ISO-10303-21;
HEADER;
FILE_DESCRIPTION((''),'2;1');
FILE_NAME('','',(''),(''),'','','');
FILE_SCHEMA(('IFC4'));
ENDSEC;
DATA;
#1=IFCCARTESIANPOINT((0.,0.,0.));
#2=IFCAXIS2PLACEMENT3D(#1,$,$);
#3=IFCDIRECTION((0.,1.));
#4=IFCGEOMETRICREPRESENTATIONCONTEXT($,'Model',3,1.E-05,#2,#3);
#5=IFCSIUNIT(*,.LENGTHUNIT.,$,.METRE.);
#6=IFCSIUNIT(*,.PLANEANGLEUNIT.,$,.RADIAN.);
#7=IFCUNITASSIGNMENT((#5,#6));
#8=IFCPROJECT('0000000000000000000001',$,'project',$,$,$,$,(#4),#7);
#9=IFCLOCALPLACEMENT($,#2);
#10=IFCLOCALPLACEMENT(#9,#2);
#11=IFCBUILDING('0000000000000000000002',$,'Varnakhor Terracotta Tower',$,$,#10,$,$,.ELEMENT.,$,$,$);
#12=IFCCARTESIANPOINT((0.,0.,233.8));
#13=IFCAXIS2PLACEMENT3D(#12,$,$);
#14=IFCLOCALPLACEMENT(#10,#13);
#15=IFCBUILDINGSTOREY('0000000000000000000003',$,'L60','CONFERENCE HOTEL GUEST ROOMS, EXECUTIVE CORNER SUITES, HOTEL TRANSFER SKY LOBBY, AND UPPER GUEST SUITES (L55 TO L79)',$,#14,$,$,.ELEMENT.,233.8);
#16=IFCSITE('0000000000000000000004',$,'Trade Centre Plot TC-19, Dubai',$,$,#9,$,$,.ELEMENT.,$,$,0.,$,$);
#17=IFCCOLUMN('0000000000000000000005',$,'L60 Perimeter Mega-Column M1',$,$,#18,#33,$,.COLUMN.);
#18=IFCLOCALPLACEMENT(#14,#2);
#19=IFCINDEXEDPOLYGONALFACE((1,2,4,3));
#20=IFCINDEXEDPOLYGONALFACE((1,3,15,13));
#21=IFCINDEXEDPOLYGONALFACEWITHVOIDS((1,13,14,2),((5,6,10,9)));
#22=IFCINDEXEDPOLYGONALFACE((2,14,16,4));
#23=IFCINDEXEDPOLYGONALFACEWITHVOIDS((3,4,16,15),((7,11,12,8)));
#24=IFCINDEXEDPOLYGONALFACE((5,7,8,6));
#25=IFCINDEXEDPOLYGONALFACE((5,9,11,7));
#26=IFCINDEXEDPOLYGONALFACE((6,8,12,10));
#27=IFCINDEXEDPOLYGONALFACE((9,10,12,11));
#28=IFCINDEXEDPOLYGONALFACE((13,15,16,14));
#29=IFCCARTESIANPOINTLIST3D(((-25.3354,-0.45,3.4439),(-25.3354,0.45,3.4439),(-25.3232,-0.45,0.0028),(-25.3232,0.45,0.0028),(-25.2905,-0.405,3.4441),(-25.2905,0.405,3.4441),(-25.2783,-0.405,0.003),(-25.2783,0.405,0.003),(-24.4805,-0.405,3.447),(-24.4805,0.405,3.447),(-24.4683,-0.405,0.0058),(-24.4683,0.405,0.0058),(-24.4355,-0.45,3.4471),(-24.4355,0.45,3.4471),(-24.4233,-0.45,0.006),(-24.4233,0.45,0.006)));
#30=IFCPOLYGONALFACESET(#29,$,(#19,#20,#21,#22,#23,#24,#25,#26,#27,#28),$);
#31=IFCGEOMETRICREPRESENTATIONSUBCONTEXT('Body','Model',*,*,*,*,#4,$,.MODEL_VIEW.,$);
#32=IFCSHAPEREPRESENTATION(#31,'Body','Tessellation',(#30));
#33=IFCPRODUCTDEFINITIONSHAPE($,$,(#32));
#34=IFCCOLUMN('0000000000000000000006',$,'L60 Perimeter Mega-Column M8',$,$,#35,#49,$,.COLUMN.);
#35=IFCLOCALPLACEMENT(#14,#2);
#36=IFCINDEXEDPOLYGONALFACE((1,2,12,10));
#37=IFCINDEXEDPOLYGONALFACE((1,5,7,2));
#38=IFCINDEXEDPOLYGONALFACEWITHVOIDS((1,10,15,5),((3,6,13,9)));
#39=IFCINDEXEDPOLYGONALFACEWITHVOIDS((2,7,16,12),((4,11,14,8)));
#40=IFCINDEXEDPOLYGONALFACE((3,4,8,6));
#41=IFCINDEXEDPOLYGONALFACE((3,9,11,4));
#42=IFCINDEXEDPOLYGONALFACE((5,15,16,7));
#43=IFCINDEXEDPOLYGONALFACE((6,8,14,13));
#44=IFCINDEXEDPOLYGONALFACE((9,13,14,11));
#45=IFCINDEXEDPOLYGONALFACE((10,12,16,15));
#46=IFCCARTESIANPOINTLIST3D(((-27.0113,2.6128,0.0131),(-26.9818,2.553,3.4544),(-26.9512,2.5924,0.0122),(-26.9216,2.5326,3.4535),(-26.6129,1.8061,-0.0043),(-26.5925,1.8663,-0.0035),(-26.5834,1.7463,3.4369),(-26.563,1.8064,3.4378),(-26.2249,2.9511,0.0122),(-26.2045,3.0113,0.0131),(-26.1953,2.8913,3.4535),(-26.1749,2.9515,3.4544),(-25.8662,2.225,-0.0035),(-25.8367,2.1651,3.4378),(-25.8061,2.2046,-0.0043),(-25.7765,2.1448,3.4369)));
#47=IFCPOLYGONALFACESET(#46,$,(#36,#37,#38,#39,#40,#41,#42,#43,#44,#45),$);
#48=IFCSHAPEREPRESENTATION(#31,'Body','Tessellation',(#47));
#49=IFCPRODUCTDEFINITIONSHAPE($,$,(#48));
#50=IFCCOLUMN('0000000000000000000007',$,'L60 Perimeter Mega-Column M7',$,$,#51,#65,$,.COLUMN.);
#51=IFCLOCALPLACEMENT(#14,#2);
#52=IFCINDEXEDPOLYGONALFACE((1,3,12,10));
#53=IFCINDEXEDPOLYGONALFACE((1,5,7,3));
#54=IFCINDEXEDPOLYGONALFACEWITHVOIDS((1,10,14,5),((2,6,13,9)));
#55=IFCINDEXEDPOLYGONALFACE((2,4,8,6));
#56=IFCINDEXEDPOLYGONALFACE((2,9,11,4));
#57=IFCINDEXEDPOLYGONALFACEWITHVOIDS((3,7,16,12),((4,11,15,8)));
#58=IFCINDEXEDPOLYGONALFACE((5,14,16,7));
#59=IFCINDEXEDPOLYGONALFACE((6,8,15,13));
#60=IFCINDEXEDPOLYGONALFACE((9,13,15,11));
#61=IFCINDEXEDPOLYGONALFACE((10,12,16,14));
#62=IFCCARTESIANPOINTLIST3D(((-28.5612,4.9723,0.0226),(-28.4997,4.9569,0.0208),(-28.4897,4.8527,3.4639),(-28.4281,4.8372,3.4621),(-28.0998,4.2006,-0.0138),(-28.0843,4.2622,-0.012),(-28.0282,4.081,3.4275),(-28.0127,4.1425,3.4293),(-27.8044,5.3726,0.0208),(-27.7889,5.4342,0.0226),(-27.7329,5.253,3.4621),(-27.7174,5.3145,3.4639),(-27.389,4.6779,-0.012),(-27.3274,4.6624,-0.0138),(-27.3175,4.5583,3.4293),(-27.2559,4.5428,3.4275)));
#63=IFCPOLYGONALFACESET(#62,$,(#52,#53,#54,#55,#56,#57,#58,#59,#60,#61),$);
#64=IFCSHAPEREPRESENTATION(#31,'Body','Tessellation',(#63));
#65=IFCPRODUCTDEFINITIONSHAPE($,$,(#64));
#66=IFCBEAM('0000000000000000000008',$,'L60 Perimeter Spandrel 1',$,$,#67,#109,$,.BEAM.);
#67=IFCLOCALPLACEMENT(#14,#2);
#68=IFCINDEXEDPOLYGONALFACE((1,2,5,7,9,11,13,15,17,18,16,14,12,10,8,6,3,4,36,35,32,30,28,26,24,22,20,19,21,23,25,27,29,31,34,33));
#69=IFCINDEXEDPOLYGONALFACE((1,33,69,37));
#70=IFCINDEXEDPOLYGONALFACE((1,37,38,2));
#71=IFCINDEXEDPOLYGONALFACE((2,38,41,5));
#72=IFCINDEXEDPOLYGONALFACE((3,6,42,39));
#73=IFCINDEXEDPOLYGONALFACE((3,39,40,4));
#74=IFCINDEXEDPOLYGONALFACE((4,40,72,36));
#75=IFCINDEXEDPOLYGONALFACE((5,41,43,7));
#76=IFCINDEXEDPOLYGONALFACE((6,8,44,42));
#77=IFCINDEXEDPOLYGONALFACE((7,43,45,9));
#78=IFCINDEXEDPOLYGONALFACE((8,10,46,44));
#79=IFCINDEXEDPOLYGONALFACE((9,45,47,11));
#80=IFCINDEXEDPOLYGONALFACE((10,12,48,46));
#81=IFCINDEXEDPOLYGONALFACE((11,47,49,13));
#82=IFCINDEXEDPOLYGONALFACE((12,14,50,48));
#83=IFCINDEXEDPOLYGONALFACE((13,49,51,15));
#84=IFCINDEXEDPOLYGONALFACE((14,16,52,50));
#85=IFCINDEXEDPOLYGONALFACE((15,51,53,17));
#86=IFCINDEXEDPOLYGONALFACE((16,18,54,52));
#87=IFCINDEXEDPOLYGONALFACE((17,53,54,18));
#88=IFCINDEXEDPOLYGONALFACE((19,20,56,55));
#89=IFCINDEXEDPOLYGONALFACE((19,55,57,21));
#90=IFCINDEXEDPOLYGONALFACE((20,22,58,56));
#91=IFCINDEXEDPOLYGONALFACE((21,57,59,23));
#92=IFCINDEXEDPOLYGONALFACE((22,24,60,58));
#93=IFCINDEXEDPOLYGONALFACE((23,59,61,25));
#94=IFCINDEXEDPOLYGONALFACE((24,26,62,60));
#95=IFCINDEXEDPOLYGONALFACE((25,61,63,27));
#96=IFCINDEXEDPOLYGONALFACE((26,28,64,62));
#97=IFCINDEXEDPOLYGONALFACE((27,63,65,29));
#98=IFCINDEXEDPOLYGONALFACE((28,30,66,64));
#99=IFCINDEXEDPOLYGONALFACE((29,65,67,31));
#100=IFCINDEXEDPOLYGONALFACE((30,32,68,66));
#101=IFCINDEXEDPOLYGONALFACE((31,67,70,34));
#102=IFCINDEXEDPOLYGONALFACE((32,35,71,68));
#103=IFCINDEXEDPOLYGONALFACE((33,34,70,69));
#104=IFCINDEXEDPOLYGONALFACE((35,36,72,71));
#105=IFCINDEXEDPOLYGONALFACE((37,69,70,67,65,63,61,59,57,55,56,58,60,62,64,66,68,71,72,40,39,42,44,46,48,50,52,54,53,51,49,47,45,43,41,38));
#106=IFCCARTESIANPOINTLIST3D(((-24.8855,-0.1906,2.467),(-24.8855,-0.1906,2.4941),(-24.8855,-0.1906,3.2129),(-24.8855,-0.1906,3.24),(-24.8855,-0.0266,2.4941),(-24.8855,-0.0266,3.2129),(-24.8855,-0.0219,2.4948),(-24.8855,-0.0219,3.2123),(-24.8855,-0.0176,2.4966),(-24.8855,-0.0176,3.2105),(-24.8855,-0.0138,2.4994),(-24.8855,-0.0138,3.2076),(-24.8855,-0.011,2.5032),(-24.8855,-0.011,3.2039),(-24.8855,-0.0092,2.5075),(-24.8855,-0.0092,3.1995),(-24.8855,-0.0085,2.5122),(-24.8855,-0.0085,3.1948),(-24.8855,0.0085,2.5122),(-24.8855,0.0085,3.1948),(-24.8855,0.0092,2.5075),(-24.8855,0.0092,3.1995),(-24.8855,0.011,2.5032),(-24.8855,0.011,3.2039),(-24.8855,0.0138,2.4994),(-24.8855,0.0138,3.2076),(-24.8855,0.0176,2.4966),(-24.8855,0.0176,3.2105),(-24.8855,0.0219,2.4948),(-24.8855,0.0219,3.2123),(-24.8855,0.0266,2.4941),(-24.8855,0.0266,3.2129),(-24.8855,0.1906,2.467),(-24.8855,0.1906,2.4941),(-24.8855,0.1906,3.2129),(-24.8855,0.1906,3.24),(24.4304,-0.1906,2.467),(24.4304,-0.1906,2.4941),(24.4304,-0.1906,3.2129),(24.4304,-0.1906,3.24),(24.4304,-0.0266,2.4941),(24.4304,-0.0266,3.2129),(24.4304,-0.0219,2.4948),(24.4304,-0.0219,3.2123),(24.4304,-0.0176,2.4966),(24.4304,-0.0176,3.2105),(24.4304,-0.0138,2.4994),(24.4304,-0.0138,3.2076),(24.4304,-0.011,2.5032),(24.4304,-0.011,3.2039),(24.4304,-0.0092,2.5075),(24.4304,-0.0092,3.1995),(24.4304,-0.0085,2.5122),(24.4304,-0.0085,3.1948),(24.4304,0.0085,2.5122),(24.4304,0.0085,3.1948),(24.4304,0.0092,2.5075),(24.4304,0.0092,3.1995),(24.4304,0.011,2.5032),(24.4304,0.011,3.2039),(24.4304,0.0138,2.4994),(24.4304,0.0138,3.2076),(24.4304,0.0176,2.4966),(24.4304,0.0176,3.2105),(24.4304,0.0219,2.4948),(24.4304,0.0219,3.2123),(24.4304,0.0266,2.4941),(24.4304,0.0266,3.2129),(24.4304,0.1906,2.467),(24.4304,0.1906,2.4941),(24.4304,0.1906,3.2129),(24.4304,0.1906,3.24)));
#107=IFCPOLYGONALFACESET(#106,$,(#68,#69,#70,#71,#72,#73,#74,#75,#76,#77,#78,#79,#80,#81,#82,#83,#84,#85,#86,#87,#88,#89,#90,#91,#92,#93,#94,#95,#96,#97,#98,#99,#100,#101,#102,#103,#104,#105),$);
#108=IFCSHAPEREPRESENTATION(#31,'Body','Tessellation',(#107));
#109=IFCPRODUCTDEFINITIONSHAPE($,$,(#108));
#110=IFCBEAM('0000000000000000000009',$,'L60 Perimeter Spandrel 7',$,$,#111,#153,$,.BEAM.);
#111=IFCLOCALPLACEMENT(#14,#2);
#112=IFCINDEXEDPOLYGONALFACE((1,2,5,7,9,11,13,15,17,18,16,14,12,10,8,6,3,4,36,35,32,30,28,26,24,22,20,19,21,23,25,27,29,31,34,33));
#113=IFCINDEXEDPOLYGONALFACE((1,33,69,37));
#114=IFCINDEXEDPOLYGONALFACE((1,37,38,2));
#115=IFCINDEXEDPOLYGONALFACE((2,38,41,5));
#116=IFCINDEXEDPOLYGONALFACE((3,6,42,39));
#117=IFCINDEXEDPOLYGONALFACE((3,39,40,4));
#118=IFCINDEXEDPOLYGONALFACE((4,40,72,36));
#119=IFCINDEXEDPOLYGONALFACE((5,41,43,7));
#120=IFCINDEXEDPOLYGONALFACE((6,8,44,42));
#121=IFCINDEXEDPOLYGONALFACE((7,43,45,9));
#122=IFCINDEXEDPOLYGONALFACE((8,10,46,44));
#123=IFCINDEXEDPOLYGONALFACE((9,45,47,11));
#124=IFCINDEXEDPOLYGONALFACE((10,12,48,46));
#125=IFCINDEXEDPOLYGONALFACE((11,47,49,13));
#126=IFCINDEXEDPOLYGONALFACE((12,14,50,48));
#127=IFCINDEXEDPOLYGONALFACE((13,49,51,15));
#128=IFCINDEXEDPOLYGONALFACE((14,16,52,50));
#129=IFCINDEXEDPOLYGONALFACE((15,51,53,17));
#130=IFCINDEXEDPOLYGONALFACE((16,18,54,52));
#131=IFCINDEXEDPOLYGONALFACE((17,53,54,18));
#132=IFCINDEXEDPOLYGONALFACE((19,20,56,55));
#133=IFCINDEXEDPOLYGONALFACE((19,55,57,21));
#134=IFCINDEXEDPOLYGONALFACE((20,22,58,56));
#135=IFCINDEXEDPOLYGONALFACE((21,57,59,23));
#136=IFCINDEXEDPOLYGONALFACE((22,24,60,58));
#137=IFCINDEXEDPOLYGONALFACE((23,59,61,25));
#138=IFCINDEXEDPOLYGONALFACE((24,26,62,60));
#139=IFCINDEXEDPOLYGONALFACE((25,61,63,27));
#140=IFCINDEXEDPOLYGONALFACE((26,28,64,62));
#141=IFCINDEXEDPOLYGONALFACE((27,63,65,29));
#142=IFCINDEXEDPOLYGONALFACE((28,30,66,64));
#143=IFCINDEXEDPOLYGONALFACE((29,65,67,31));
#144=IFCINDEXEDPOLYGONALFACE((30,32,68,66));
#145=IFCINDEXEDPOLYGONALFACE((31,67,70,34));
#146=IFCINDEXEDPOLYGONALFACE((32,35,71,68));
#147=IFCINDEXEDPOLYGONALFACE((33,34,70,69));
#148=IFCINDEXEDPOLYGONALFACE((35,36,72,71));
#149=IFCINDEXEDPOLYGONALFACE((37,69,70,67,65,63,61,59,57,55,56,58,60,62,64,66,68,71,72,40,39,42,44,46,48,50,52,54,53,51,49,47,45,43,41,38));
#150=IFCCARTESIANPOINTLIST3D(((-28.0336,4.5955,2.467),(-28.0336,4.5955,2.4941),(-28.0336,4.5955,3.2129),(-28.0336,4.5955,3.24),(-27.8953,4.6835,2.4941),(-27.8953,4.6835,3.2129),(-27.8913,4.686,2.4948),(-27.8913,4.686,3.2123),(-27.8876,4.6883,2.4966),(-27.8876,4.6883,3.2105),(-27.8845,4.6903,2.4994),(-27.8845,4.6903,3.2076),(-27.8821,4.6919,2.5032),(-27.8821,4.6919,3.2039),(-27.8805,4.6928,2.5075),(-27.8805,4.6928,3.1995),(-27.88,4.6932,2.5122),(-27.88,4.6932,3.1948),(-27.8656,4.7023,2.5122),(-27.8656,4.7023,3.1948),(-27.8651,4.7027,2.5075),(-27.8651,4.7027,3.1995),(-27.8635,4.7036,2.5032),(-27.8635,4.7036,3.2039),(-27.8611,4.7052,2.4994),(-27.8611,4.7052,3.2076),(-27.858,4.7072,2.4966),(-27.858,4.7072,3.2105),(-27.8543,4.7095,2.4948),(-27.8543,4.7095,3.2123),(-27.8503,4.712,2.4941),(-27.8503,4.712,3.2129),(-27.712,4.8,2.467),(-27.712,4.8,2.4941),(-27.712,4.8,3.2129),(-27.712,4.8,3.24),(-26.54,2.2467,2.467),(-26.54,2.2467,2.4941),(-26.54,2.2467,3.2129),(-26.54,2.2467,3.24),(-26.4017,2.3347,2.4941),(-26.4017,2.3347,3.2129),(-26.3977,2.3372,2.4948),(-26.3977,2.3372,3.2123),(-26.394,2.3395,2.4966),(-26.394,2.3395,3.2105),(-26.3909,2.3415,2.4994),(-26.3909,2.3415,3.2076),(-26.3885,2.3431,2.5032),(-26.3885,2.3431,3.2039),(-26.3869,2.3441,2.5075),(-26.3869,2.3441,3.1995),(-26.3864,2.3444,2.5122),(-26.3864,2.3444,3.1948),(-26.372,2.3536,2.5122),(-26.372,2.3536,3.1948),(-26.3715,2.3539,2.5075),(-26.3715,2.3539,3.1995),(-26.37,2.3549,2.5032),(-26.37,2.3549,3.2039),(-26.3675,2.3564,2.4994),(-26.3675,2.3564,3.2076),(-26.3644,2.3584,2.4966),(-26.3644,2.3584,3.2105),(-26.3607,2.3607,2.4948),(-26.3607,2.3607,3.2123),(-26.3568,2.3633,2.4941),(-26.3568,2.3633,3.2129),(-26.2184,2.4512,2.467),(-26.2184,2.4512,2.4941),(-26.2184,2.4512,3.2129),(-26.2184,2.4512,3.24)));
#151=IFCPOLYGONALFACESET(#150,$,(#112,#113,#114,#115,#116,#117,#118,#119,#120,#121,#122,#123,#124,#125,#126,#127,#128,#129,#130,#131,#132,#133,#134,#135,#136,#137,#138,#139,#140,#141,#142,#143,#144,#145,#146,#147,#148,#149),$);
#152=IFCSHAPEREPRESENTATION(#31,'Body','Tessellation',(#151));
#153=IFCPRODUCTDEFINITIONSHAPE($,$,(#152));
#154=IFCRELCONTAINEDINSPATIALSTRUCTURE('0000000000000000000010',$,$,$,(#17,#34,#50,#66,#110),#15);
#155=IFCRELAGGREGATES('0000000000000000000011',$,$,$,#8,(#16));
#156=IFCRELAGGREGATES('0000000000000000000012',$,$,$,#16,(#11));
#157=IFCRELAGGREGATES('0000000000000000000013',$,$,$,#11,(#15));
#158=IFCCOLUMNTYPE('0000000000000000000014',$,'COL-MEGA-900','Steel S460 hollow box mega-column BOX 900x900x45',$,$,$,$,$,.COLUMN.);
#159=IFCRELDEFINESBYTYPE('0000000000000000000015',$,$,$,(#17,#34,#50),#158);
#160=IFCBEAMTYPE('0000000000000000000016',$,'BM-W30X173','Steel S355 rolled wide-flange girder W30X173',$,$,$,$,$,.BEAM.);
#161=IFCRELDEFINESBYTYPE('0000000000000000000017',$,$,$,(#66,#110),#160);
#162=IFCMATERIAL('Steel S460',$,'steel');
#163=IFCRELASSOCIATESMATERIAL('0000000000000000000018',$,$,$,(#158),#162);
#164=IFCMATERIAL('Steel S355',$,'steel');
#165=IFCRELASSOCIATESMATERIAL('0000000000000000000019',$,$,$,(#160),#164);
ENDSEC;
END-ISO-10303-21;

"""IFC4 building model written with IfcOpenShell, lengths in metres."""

from ifc_helpers import new_model, si_unit, direction, frame, origin, origin_2d, place, context, subcontext, project, spatial, hollow_rectangle, i_section, extrude, source, transform, mapped, material, material_profile, profile_set, type_object, element, save


model = new_model("IFC4")

# Units and contexts
model_context = context("Model", 3, precision=1e-05, world=origin(), true_north=direction((0.0, 1.0)))
body_context = subcontext(model_context, "Body", "Model", "MODEL_VIEW")
ifc_project = project(units=[si_unit("LENGTHUNIT", "METRE"), si_unit("PLANEANGLEUNIT", "RADIAN")], contexts=[model_context])

# Site, building, storey
site_placement = place(None, origin())
site = spatial("IfcSite", under=ifc_project, at=site_placement, Name="Trade Centre Plot TC-19, Dubai", CompositionType="ELEMENT", RefElevation=0.0)
building_placement = place(site_placement, origin())
building = spatial("IfcBuilding", under=site, at=building_placement, Name="Varnakhor Terracotta Tower", CompositionType="ELEMENT")
storey_placement = place(building_placement, frame((0.0, 0.0, 233.8)))
storey = spatial("IfcBuildingStorey", under=building, at=storey_placement, Name="L60", Description="CONFERENCE HOTEL GUEST ROOMS, EXECUTIVE CORNER SUITES, HOTEL TRANSFER SKY LOBBY, AND UPPER GUEST SUITES (L55 TO L79)", CompositionType="ELEMENT", Elevation=233.8)

# Columns
ifc_material_1 = material(Name="Steel S460", Category="steel")
ifc_material_profile_1 = material_profile(ifc_material_1, hollow_rectangle(XDim=0.8999, YDim=0.8999, WallThickness=0.0449, at=origin_2d()), Name="BOX 900x900x45")
ifc_profile_set_1 = profile_set([ifc_material_profile_1], Name="Steel S460")
column_type = type_object("IfcColumnType", Name="COL-MEGA-900", Description="Steel S460 hollow box mega-column BOX 900x900x45", PredefinedType="COLUMN", material=ifc_profile_set_1)
shared_shape_1 = source(origin(), body_context, "Body", "SweptSolid", [
    extrude(hollow_rectangle(XDim=0.8999, YDim=0.8999, WallThickness=0.0449, at=origin_2d()), origin(), (0.0, 0.0, 1.0), 3.4412),
])
column_1_placement = place(storey_placement, frame((-24.8733, 0.0, 0.0044), z_axis=(-0.003547, 0.0, 0.999994), x_axis=(0.0, -1.0, 0.0)))
element("IfcColumn", 1, at=column_1_placement, inside=storey, type_object=column_type, Name="L60 Perimeter Mega-Column M1", PredefinedType="COLUMN", context=body_context, shape_type="MappedRepresentation", body=[
    mapped(shared_shape_1, transform((0.0, 0.0, 0.0), scale=1.0)),
])
shared_shape_2 = source(origin(), body_context, "Body", "SweptSolid", [
    extrude(hollow_rectangle(XDim=0.8999, YDim=0.8999, WallThickness=0.0449, at=origin_2d()), origin(), (0.0, 0.0, 1.0), 3.4419),
])
column_2_placement = place(storey_placement, frame((-26.4087, 2.4087, 0.0044), z_axis=(0.008583, -0.017379, 0.999812), x_axis=(0.896612, 0.442817, 0.0)))
element("IfcColumn", 2, at=column_2_placement, inside=storey, type_object=column_type, Name="L60 Perimeter Mega-Column M8", PredefinedType="COLUMN", context=body_context, shape_type="MappedRepresentation", body=[
    mapped(shared_shape_2, transform((0.0, 0.0, 0.0), scale=1.0)),
])
shared_shape_3 = source(origin(), body_context, "Body", "SweptSolid", [
    extrude(hollow_rectangle(XDim=0.8999, YDim=0.8999, WallThickness=0.0449, at=origin_2d()), origin(), (0.0, 0.0, 1.0), 3.4441),
])
column_3_placement = place(storey_placement, frame((-27.9443, 4.8174, 0.0044), z_axis=(0.02077, -0.034736, 0.999181), x_axis=(0.858265, 0.513207, 0.0)))
element("IfcColumn", 3, at=column_3_placement, inside=storey, type_object=column_type, Name="L60 Perimeter Mega-Column M7", PredefinedType="COLUMN", context=body_context, shape_type="MappedRepresentation", body=[
    mapped(shared_shape_3, transform((0.0, 0.0, 0.0), scale=1.0)),
])

# Beams
ifc_material_2 = material(Name="Steel S355", Category="steel")
ifc_material_profile_2 = material_profile(ifc_material_2, i_section(OverallWidth=0.3811, OverallDepth=0.7729, WebThickness=0.0171, FlangeThickness=0.0271, FilletRadius=0.0181, at=origin_2d()), Name="W30X173")
ifc_profile_set_2 = profile_set([ifc_material_profile_2], Name="Steel S355")
beam_type_1 = type_object("IfcBeamType", Name="BM-W30X173", Description="Steel S355 rolled wide-flange girder W30X173", PredefinedType="BEAM", material=ifc_profile_set_2)
shared_shape_4 = source(origin(), body_context, "Body", "SweptSolid", [
    extrude(i_section(OverallWidth=0.3811, OverallDepth=0.7729, WebThickness=0.0171, FlangeThickness=0.0271, FilletRadius=0.0181, at=origin_2d()), origin(), (0.0, 0.0, 1.0), 49.3159),
])
beam_1_placement = place(storey_placement, frame((-24.8855, 0.0, 2.8535), z_axis=(1.0, 0.0, 0.0), x_axis=(0.0, 1.0, 0.0)))
element("IfcBeam", 4, at=beam_1_placement, inside=storey, type_object=beam_type_1, Name="L60 Perimeter Spandrel 1", PredefinedType="BEAM", context=body_context, shape_type="MappedRepresentation", body=[
    mapped(shared_shape_4, transform((0.0, 0.0, 0.0), scale=1.0)),
])
shared_shape_5 = source(origin(), body_context, "Body", "SweptSolid", [
    extrude(i_section(OverallWidth=0.3811, OverallDepth=0.7729, WebThickness=0.0171, FlangeThickness=0.0271, FilletRadius=0.0181, at=origin_2d()), origin(), (0.0, 0.0, 1.0), 2.7834),
])
for number, where, z_axis, x_axis, name in (
    (5, (-27.8728, 4.6978, 2.8535), (0.536597, -0.843838, 0.0), (0.843838, 0.536597, 0.0), "L60 Perimeter Spandrel 7"),
):
    element("IfcBeam", number, at=place(storey_placement, frame(where, z_axis=z_axis, x_axis=x_axis)), inside=storey, type_object=beam_type_1, Name=name, PredefinedType="BEAM", context=body_context, shape_type="MappedRepresentation", body=[
        mapped(shared_shape_5, transform((0.0, 0.0, 0.0), scale=1.0)),
    ])

save(model, "model.ifc")
